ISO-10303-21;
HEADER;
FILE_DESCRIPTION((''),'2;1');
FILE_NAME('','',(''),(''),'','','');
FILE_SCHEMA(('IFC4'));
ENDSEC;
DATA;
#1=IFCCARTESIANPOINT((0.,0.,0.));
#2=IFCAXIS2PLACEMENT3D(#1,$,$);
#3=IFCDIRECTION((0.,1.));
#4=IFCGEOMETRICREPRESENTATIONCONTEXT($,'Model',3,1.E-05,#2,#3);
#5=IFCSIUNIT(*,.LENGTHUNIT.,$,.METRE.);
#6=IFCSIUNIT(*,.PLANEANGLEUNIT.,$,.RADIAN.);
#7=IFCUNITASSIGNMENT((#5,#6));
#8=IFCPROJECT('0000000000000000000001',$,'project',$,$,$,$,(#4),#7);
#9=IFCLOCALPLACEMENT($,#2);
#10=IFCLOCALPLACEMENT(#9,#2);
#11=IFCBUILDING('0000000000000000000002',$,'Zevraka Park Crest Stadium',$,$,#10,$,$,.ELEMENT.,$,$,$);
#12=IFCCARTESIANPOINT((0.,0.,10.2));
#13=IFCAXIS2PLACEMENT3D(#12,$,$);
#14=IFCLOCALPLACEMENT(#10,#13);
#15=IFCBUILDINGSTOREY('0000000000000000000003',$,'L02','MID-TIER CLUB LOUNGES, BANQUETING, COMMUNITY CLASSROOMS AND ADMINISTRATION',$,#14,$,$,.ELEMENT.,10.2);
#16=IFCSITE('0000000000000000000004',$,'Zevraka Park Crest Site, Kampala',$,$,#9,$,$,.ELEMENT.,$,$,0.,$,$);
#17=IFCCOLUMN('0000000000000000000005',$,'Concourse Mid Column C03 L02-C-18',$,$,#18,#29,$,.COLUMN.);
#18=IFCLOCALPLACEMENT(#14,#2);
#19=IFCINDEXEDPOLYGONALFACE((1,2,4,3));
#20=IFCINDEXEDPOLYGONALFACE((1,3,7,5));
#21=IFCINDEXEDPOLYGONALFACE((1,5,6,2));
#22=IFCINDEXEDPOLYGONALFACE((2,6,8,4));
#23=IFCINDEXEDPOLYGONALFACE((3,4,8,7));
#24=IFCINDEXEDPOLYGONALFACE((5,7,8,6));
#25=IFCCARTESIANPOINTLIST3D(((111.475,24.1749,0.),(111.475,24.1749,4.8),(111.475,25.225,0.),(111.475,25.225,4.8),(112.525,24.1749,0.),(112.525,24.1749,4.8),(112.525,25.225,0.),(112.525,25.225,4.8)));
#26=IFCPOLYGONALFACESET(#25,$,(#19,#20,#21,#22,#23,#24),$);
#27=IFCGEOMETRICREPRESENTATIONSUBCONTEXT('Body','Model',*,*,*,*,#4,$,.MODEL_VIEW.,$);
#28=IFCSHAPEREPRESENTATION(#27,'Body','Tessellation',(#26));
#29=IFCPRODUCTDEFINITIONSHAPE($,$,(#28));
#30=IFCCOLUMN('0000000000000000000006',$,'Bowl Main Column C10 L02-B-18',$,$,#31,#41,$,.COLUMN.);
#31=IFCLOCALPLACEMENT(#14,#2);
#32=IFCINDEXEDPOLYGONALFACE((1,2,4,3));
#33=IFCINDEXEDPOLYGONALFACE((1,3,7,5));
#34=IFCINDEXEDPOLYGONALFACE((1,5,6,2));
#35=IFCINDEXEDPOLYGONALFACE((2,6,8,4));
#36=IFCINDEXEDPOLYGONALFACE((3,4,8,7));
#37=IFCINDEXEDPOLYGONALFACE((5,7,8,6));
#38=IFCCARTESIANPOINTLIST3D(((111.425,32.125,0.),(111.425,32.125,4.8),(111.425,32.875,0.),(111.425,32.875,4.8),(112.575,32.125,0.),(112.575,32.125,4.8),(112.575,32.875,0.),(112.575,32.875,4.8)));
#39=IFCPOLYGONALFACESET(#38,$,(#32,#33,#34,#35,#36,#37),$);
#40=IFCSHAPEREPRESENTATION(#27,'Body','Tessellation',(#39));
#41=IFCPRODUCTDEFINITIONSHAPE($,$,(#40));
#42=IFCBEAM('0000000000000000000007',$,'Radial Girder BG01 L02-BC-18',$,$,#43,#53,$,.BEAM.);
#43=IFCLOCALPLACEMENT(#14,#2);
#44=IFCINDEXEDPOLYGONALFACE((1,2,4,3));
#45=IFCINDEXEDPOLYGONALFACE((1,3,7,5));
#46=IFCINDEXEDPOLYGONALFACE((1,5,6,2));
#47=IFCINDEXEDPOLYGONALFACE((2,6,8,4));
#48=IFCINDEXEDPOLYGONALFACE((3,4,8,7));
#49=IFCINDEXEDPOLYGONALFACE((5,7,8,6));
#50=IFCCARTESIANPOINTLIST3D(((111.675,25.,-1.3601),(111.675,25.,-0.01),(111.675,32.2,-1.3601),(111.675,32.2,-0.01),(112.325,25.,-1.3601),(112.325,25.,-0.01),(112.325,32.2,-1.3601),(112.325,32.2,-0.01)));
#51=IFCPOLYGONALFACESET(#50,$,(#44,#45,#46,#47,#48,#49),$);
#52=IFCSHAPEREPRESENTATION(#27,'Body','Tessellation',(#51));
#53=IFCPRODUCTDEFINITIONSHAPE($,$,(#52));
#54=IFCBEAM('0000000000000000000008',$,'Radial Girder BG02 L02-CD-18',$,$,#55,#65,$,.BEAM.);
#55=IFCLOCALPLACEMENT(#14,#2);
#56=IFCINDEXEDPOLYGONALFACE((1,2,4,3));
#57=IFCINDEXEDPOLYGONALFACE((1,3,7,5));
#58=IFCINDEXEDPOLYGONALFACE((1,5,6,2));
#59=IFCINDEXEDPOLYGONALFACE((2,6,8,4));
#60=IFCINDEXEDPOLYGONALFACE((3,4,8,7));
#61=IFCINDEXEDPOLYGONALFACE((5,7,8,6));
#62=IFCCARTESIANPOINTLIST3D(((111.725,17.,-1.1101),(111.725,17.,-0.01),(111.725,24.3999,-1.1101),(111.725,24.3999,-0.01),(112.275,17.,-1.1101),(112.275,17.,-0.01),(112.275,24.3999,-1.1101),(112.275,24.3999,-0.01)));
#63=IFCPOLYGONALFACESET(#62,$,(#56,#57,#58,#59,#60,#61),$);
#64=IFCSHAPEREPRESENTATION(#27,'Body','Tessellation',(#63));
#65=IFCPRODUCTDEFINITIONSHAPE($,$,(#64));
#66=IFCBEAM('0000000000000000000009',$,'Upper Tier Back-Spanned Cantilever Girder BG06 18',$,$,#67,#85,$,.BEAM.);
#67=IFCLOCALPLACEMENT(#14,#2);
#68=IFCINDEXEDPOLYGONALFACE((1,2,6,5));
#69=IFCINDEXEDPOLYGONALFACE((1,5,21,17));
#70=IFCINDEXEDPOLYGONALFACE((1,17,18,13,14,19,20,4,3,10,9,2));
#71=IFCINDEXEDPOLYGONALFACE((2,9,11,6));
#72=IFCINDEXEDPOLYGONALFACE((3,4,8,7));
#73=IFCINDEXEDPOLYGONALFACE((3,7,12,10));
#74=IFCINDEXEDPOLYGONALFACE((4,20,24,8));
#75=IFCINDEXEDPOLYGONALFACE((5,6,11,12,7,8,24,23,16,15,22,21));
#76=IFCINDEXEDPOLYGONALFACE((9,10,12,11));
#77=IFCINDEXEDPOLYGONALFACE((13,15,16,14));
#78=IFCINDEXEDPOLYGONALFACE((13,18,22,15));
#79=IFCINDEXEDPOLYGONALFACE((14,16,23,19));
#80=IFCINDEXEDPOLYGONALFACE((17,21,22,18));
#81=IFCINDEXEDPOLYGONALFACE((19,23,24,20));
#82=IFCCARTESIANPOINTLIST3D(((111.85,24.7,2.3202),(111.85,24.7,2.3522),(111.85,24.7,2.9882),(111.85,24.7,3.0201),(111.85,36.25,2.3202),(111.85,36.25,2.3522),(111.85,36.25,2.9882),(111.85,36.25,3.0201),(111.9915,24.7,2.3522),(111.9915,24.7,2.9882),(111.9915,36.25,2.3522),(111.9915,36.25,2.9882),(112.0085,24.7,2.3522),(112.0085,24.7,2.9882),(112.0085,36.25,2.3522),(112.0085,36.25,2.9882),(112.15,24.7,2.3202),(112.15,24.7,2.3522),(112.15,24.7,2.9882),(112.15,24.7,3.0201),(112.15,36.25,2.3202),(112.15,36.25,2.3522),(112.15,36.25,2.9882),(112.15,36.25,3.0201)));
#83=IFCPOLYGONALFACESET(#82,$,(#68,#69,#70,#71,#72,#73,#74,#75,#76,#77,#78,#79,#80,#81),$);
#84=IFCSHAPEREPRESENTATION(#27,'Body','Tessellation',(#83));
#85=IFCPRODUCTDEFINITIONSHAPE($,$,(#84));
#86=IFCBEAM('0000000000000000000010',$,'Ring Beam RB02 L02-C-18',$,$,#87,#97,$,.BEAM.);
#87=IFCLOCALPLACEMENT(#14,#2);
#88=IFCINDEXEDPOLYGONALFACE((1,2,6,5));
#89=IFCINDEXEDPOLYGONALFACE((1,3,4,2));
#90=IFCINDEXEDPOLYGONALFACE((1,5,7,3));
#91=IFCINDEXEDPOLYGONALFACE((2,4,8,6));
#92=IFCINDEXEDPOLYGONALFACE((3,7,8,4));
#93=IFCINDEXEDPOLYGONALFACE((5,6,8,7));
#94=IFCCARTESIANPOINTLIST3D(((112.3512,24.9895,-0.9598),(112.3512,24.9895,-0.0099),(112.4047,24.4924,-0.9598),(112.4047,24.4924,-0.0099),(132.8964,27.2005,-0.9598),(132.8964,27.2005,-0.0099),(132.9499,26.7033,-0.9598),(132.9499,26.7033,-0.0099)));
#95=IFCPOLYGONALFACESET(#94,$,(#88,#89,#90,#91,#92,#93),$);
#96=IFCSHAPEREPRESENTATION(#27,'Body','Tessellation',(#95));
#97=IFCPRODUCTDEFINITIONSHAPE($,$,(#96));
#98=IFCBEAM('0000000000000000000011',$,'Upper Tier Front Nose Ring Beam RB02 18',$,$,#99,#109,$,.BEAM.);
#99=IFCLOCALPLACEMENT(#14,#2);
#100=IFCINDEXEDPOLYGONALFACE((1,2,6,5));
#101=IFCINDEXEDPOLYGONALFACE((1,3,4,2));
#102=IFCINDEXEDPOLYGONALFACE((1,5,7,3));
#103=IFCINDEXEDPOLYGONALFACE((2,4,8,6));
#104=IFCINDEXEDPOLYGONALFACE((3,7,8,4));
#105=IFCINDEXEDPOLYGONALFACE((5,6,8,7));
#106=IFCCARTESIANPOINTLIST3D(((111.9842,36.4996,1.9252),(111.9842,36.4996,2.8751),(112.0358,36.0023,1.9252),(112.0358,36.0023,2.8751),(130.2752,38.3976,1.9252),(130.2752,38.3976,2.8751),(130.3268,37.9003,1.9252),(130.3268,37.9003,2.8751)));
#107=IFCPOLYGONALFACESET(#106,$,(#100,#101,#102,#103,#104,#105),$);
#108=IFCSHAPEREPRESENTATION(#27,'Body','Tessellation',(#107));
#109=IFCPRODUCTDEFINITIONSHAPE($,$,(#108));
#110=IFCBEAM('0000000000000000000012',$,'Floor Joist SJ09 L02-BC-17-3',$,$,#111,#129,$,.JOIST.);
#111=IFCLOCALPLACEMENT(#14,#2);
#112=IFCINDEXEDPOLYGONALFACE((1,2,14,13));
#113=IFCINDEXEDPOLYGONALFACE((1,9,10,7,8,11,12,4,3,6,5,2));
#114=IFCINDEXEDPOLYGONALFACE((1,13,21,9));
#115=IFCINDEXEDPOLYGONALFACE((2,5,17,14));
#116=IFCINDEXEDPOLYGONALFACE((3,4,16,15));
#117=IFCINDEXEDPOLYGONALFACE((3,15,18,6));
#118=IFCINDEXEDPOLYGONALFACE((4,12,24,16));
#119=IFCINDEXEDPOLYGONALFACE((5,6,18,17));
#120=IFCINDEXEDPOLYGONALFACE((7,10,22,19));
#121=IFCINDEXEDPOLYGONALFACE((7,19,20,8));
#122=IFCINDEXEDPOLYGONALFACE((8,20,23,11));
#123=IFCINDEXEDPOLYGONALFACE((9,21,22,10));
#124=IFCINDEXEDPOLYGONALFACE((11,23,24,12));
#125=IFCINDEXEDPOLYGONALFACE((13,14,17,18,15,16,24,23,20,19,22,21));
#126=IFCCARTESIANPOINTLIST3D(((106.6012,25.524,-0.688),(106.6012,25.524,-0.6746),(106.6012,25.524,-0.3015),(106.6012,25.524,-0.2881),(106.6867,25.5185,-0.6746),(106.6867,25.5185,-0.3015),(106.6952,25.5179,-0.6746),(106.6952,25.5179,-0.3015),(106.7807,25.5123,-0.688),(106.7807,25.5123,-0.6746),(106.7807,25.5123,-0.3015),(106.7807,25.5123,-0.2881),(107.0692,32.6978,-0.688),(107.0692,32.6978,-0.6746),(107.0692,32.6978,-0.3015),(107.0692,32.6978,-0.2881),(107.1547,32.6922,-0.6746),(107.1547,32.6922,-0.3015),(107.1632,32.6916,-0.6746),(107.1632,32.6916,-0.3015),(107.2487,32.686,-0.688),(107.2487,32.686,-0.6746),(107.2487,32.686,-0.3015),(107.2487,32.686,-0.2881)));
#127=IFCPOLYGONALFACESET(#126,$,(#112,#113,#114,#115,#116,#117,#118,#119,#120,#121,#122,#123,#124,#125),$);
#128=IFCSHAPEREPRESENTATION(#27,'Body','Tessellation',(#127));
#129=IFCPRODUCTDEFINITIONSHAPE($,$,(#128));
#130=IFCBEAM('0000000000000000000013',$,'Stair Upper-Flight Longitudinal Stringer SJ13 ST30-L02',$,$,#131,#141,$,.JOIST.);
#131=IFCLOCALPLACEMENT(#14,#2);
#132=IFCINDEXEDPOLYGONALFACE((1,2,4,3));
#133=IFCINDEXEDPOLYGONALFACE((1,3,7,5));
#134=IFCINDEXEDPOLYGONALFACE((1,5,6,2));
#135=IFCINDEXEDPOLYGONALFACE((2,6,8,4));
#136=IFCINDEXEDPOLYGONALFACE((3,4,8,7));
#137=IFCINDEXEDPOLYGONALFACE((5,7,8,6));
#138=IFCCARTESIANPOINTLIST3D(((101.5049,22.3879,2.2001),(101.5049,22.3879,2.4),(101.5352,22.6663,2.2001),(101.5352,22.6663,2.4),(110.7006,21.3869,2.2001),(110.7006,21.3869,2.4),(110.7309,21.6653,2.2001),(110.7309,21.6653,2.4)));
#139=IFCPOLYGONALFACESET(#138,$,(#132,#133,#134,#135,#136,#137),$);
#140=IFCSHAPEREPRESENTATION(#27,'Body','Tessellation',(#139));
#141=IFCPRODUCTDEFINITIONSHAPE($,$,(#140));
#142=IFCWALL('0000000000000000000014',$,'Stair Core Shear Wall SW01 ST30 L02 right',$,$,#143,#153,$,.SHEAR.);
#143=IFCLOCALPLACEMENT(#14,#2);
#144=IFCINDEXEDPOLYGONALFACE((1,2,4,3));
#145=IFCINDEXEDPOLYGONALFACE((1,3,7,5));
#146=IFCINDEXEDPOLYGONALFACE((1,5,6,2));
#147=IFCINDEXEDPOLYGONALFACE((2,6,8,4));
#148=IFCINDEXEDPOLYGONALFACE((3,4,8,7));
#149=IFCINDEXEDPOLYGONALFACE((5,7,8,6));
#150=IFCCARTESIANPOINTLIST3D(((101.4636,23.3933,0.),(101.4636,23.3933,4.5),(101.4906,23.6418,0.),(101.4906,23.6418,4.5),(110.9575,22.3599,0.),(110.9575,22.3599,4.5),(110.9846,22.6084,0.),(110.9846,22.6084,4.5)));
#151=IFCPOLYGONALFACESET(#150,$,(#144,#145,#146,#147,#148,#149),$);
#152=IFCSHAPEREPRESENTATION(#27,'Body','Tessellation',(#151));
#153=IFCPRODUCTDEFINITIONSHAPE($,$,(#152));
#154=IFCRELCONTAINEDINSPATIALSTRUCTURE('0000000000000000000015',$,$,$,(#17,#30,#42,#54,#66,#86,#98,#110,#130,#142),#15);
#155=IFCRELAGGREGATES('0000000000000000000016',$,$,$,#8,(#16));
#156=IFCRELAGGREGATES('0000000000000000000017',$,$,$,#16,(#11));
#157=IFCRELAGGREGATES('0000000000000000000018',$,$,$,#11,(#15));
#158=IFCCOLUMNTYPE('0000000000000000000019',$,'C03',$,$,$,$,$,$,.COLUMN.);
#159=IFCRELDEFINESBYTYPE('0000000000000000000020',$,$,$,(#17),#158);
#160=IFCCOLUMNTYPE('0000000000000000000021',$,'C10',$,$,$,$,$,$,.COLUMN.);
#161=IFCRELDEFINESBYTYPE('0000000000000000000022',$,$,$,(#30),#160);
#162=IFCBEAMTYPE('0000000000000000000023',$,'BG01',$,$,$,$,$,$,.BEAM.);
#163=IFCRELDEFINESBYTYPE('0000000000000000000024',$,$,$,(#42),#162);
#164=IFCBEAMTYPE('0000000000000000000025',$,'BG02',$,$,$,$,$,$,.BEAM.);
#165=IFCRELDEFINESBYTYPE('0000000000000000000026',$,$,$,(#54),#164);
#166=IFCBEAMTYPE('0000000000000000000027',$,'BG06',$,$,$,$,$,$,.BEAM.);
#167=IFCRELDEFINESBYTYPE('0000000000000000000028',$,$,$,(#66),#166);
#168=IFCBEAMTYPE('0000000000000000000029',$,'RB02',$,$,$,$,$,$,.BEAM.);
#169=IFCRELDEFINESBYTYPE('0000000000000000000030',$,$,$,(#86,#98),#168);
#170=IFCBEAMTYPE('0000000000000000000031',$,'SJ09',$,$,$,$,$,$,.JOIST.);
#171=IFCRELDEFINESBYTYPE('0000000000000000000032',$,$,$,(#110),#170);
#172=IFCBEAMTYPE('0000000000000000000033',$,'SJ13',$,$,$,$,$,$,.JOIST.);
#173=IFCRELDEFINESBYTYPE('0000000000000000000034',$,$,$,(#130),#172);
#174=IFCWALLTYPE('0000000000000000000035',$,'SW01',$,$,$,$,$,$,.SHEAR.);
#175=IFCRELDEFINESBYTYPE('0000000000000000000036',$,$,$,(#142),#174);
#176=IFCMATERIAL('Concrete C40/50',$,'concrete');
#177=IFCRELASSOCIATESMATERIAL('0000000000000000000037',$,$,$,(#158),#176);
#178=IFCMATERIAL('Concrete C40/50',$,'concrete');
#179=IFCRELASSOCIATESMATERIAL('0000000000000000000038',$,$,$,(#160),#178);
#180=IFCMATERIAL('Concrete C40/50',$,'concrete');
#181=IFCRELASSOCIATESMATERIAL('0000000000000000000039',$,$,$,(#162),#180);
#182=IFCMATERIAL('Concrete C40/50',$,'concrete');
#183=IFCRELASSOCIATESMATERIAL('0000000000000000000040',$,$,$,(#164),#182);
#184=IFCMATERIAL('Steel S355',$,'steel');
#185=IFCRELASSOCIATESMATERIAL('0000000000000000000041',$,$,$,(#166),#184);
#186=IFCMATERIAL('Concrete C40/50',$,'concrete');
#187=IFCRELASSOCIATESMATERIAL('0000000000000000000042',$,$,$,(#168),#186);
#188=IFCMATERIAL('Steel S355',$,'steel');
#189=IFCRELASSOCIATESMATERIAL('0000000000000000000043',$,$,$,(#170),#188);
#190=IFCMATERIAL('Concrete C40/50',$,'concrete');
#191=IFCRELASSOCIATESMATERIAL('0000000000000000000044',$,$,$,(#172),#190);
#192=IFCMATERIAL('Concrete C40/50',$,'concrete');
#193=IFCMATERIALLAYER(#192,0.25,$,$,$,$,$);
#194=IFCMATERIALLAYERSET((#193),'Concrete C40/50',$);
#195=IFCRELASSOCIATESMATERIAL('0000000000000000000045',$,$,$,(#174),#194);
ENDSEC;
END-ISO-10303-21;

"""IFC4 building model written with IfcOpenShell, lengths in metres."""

from ifc_helpers import new_model, si_unit, direction, frame, frame_2d, origin, origin_2d, place, context, subcontext, project, spatial, rectangle, i_section, extrude, material, layer, layer_set, material_profile, profile_set, type_object, element, save


model = new_model("IFC4")

# Units and contexts
model_context = context("Model", 3, precision=1e-05, world=origin(), true_north=direction((0.0, 1.0)))
body_context = subcontext(model_context, "Body", "Model", "MODEL_VIEW")
ifc_project = project(units=[si_unit("LENGTHUNIT", "METRE"), si_unit("PLANEANGLEUNIT", "RADIAN")], contexts=[model_context])

# Site, building, storey
site_placement = place(None, origin())
site = spatial("IfcSite", under=ifc_project, at=site_placement, Name="Zevraka Park Crest Site, Kampala", CompositionType="ELEMENT", RefElevation=0.0)
building_placement = place(site_placement, origin())
building = spatial("IfcBuilding", under=site, at=building_placement, Name="Zevraka Park Crest Stadium", CompositionType="ELEMENT")
storey_placement = place(building_placement, frame((0.0, 0.0, 10.2)))
storey = spatial("IfcBuildingStorey", under=building, at=storey_placement, Name="L02", Description="MID-TIER CLUB LOUNGES, BANQUETING, COMMUNITY CLASSROOMS AND ADMINISTRATION", CompositionType="ELEMENT", Elevation=10.2)

# Columns
ifc_material_1 = material(Name="Concrete C40/50", Category="concrete")
ifc_material_profile_1 = material_profile(ifc_material_1, rectangle(XDim=1.05, YDim=1.05, at=origin_2d()), Name="RC 1050x1050")
ifc_profile_set_1 = profile_set([ifc_material_profile_1], Name="Concrete C40/50")
column_type_1 = type_object("IfcColumnType", Name="C03", PredefinedType="COLUMN", material=ifc_profile_set_1)
column_1_placement = place(storey_placement, frame((112.0, 24.7, 0.0), z_axis=(0.0, 0.0, 1.0), x_axis=(0.0, 1.0, 0.0)))
element("IfcColumn", 1, at=column_1_placement, inside=storey, type_object=column_type_1, Name="Concourse Mid Column C03 L02-C-18", PredefinedType="COLUMN", context=body_context, shape_type="SweptSolid", body=[
    extrude(rectangle(XDim=1.05, YDim=1.05, at=origin_2d()), origin(), (0.0, 0.0, 1.0), 4.8),
])
ifc_material_2 = material(Name="Concrete C40/50", Category="concrete")
ifc_material_profile_2 = material_profile(ifc_material_2, rectangle(XDim=0.75, YDim=1.1499, at=origin_2d()), Name="RC 1150x750")
ifc_profile_set_2 = profile_set([ifc_material_profile_2], Name="Concrete C40/50")
column_type_2 = type_object("IfcColumnType", Name="C10", PredefinedType="COLUMN", material=ifc_profile_set_2)
column_2_placement = place(storey_placement, frame((112.0, 32.5, 0.0), z_axis=(0.0, 0.0, 1.0), x_axis=(0.0, 1.0, 0.0)))
element("IfcColumn", 2, at=column_2_placement, inside=storey, type_object=column_type_2, Name="Bowl Main Column C10 L02-B-18", PredefinedType="COLUMN", context=body_context, shape_type="SweptSolid", body=[
    extrude(rectangle(XDim=0.75, YDim=1.1499, at=origin_2d()), origin(), (0.0, 0.0, 1.0), 4.8),
])

# Beams
ifc_material_3 = material(Name="Concrete C40/50", Category="concrete")
ifc_material_profile_3 = material_profile(ifc_material_3, rectangle(XDim=0.6499, YDim=1.3501, at=origin_2d()), Name="RC 1350x650")
ifc_profile_set_3 = profile_set([ifc_material_profile_3], Name="Concrete C40/50")
beam_type_1 = type_object("IfcBeamType", Name="BG01", PredefinedType="BEAM", material=ifc_profile_set_3)
beam_1_placement = place(storey_placement, frame((112.0, 32.2, -0.6851), z_axis=(0.0, -1.0, 0.0), x_axis=(1.0, 0.0, 0.0)))
element("IfcBeam", 3, at=beam_1_placement, inside=storey, type_object=beam_type_1, Name="Radial Girder BG01 L02-BC-18", PredefinedType="BEAM", context=body_context, shape_type="SweptSolid", body=[
    extrude(rectangle(XDim=0.6499, YDim=1.3501, at=origin_2d()), origin(), (0.0, 0.0, 1.0), 7.2),
])
ifc_material_4 = material(Name="Concrete C40/50", Category="concrete")
ifc_material_profile_4 = material_profile(ifc_material_4, rectangle(XDim=0.55, YDim=1.1001, at=origin_2d()), Name="RC 1100x550")
ifc_profile_set_4 = profile_set([ifc_material_profile_4], Name="Concrete C40/50")
beam_type_2 = type_object("IfcBeamType", Name="BG02", PredefinedType="BEAM", material=ifc_profile_set_4)
beam_2_placement = place(storey_placement, frame((112.0, 24.3999, -0.5601), z_axis=(0.0, -1.0, 0.0), x_axis=(1.0, 0.0, 0.0)))
element("IfcBeam", 4, at=beam_2_placement, inside=storey, type_object=beam_type_2, Name="Radial Girder BG02 L02-CD-18", PredefinedType="BEAM", context=body_context, shape_type="SweptSolid", body=[
    extrude(rectangle(XDim=0.55, YDim=1.1001, at=origin_2d()), origin(), (0.0, 0.0, 1.0), 7.3999),
])
ifc_material_5 = material(Name="Steel S355", Category="steel")
ifc_material_profile_5 = material_profile(ifc_material_5, i_section(OverallWidth=0.3, OverallDepth=0.7, WebThickness=0.0171, FlangeThickness=0.032, at=origin_2d()), Name="HEB 700")
ifc_profile_set_5 = profile_set([ifc_material_profile_5], Name="Steel S355")
beam_type_3 = type_object("IfcBeamType", Name="BG06", PredefinedType="BEAM", material=ifc_profile_set_5)
beam_3_placement = place(storey_placement, frame((112.0, 24.7, 2.6702), z_axis=(0.0, 1.0, 0.0), x_axis=(-1.0, 0.0, 0.0)))
element("IfcBeam", 5, at=beam_3_placement, inside=storey, type_object=beam_type_3, Name="Upper Tier Back-Spanned Cantilever Girder BG06 18", PredefinedType="BEAM", context=body_context, shape_type="SweptSolid", body=[
    extrude(i_section(OverallWidth=0.3, OverallDepth=0.7, WebThickness=0.0171, FlangeThickness=0.032, at=origin_2d()), origin(), (0.0, 0.0, 1.0), 11.55),
])
ifc_material_6 = material(Name="Concrete C40/50", Category="concrete")
ifc_material_profile_6 = material_profile(ifc_material_6, rectangle(XDim=0.5, YDim=0.95, at=origin_2d()), Name="RC 950x500")
ifc_profile_set_6 = profile_set([ifc_material_profile_6], Name="Concrete C40/50")
beam_type_4 = type_object("IfcBeamType", Name="RB02", PredefinedType="BEAM", material=ifc_profile_set_6)
beam_4_placement = place(storey_placement, frame((112.3779, 24.741, -0.4849), z_axis=(0.994259, 0.106996, 0.0), x_axis=(-0.106996, 0.994259, 0.0)))
element("IfcBeam", 6, at=beam_4_placement, inside=storey, type_object=beam_type_4, Name="Ring Beam RB02 L02-C-18", PredefinedType="BEAM", context=body_context, shape_type="SweptSolid", body=[
    extrude(rectangle(XDim=0.5, YDim=0.95, at=origin_2d()), origin(), (0.0, 0.0, 1.0), 20.6638),
])
beam_5_placement = place(storey_placement, frame((112.01, 36.251, 2.4001), z_axis=(0.99466, 0.10321, 0.0), x_axis=(-0.10321, 0.99466, 0.0)))
element("IfcBeam", 7, at=beam_5_placement, inside=storey, type_object=beam_type_4, Name="Upper Tier Front Nose Ring Beam RB02 18", PredefinedType="BEAM", context=body_context, shape_type="SweptSolid", body=[
    extrude(rectangle(XDim=0.5, YDim=0.95, at=origin_2d()), origin(), (0.0, 0.0, 1.0), 18.3892),
])
ifc_material_7 = material(Name="Steel S355", Category="steel")
ifc_material_profile_7 = material_profile(ifc_material_7, i_section(OverallWidth=0.1799, OverallDepth=0.3999, WebThickness=0.0085, FlangeThickness=0.0134, at=origin_2d()), Name="IPE 400")
ifc_profile_set_7 = profile_set([ifc_material_profile_7], Name="Steel S355")
beam_type_5 = type_object("IfcBeamType", Name="SJ09", PredefinedType="JOIST", material=ifc_profile_set_7)
beam_6_placement = place(storey_placement, frame((107.1589, 32.6919, -0.488), z_axis=(-0.065101, -0.997879, 0.0), x_axis=(0.997879, -0.065101, 0.0)))
element("IfcBeam", 8, at=beam_6_placement, inside=storey, type_object=beam_type_5, Name="Floor Joist SJ09 L02-BC-17-3", PredefinedType="JOIST", context=body_context, shape_type="SweptSolid", body=[
    extrude(i_section(OverallWidth=0.1799, OverallDepth=0.3999, WebThickness=0.0085, FlangeThickness=0.0134, at=origin_2d()), origin(), (0.0, 0.0, 1.0), 7.189),
])
ifc_material_8 = material(Name="Concrete C40/50", Category="concrete")
ifc_material_profile_8 = material_profile(ifc_material_8, rectangle(XDim=0.28, YDim=0.2, at=origin_2d()), Name="RC 200x280")
ifc_profile_set_8 = profile_set([ifc_material_profile_8], Name="Concrete C40/50")
beam_type_6 = type_object("IfcBeamType", Name="SJ13", PredefinedType="JOIST", material=ifc_profile_set_8)
beam_7_placement = place(storey_placement, frame((101.52, 22.5271, 2.3), z_axis=(0.994128, -0.108212, 0.0), x_axis=(0.108212, 0.994128, 0.0)))
element("IfcBeam", 9, at=beam_7_placement, inside=storey, type_object=beam_type_6, Name="Stair Upper-Flight Longitudinal Stringer SJ13 ST30-L02", PredefinedType="JOIST", context=body_context, shape_type="SweptSolid", body=[
    extrude(rectangle(XDim=0.28, YDim=0.2, at=origin_2d()), origin(), (0.0, 0.0, 1.0), 9.25),
])

# Wall
ifc_material_9 = material(Name="Concrete C40/50", Category="concrete")
ifc_layer = layer(ifc_material_9, 0.25)
ifc_layer_set = layer_set([ifc_layer], Name="Concrete C40/50")
wall_type = type_object("IfcWallType", Name="SW01", PredefinedType="SHEAR", material=ifc_layer_set)
wall_1_placement = place(storey_placement, frame((110.9709, 22.4841, 0.0), z_axis=(0.0, 0.0, 1.0), x_axis=(-0.994128, 0.108215, 0.0)))
element("IfcWall", 10, at=wall_1_placement, inside=storey, type_object=wall_type, Name="Stair Core Shear Wall SW01 ST30 L02 right", PredefinedType="SHEAR", context=body_context, shape_type="SweptSolid", body=[
    extrude(rectangle(XDim=9.55, YDim=0.25, at=frame_2d((4.7749, 0.0))), origin(), (0.0, 0.0, 1.0), 4.5),
])

save(model, "model.ifc")
